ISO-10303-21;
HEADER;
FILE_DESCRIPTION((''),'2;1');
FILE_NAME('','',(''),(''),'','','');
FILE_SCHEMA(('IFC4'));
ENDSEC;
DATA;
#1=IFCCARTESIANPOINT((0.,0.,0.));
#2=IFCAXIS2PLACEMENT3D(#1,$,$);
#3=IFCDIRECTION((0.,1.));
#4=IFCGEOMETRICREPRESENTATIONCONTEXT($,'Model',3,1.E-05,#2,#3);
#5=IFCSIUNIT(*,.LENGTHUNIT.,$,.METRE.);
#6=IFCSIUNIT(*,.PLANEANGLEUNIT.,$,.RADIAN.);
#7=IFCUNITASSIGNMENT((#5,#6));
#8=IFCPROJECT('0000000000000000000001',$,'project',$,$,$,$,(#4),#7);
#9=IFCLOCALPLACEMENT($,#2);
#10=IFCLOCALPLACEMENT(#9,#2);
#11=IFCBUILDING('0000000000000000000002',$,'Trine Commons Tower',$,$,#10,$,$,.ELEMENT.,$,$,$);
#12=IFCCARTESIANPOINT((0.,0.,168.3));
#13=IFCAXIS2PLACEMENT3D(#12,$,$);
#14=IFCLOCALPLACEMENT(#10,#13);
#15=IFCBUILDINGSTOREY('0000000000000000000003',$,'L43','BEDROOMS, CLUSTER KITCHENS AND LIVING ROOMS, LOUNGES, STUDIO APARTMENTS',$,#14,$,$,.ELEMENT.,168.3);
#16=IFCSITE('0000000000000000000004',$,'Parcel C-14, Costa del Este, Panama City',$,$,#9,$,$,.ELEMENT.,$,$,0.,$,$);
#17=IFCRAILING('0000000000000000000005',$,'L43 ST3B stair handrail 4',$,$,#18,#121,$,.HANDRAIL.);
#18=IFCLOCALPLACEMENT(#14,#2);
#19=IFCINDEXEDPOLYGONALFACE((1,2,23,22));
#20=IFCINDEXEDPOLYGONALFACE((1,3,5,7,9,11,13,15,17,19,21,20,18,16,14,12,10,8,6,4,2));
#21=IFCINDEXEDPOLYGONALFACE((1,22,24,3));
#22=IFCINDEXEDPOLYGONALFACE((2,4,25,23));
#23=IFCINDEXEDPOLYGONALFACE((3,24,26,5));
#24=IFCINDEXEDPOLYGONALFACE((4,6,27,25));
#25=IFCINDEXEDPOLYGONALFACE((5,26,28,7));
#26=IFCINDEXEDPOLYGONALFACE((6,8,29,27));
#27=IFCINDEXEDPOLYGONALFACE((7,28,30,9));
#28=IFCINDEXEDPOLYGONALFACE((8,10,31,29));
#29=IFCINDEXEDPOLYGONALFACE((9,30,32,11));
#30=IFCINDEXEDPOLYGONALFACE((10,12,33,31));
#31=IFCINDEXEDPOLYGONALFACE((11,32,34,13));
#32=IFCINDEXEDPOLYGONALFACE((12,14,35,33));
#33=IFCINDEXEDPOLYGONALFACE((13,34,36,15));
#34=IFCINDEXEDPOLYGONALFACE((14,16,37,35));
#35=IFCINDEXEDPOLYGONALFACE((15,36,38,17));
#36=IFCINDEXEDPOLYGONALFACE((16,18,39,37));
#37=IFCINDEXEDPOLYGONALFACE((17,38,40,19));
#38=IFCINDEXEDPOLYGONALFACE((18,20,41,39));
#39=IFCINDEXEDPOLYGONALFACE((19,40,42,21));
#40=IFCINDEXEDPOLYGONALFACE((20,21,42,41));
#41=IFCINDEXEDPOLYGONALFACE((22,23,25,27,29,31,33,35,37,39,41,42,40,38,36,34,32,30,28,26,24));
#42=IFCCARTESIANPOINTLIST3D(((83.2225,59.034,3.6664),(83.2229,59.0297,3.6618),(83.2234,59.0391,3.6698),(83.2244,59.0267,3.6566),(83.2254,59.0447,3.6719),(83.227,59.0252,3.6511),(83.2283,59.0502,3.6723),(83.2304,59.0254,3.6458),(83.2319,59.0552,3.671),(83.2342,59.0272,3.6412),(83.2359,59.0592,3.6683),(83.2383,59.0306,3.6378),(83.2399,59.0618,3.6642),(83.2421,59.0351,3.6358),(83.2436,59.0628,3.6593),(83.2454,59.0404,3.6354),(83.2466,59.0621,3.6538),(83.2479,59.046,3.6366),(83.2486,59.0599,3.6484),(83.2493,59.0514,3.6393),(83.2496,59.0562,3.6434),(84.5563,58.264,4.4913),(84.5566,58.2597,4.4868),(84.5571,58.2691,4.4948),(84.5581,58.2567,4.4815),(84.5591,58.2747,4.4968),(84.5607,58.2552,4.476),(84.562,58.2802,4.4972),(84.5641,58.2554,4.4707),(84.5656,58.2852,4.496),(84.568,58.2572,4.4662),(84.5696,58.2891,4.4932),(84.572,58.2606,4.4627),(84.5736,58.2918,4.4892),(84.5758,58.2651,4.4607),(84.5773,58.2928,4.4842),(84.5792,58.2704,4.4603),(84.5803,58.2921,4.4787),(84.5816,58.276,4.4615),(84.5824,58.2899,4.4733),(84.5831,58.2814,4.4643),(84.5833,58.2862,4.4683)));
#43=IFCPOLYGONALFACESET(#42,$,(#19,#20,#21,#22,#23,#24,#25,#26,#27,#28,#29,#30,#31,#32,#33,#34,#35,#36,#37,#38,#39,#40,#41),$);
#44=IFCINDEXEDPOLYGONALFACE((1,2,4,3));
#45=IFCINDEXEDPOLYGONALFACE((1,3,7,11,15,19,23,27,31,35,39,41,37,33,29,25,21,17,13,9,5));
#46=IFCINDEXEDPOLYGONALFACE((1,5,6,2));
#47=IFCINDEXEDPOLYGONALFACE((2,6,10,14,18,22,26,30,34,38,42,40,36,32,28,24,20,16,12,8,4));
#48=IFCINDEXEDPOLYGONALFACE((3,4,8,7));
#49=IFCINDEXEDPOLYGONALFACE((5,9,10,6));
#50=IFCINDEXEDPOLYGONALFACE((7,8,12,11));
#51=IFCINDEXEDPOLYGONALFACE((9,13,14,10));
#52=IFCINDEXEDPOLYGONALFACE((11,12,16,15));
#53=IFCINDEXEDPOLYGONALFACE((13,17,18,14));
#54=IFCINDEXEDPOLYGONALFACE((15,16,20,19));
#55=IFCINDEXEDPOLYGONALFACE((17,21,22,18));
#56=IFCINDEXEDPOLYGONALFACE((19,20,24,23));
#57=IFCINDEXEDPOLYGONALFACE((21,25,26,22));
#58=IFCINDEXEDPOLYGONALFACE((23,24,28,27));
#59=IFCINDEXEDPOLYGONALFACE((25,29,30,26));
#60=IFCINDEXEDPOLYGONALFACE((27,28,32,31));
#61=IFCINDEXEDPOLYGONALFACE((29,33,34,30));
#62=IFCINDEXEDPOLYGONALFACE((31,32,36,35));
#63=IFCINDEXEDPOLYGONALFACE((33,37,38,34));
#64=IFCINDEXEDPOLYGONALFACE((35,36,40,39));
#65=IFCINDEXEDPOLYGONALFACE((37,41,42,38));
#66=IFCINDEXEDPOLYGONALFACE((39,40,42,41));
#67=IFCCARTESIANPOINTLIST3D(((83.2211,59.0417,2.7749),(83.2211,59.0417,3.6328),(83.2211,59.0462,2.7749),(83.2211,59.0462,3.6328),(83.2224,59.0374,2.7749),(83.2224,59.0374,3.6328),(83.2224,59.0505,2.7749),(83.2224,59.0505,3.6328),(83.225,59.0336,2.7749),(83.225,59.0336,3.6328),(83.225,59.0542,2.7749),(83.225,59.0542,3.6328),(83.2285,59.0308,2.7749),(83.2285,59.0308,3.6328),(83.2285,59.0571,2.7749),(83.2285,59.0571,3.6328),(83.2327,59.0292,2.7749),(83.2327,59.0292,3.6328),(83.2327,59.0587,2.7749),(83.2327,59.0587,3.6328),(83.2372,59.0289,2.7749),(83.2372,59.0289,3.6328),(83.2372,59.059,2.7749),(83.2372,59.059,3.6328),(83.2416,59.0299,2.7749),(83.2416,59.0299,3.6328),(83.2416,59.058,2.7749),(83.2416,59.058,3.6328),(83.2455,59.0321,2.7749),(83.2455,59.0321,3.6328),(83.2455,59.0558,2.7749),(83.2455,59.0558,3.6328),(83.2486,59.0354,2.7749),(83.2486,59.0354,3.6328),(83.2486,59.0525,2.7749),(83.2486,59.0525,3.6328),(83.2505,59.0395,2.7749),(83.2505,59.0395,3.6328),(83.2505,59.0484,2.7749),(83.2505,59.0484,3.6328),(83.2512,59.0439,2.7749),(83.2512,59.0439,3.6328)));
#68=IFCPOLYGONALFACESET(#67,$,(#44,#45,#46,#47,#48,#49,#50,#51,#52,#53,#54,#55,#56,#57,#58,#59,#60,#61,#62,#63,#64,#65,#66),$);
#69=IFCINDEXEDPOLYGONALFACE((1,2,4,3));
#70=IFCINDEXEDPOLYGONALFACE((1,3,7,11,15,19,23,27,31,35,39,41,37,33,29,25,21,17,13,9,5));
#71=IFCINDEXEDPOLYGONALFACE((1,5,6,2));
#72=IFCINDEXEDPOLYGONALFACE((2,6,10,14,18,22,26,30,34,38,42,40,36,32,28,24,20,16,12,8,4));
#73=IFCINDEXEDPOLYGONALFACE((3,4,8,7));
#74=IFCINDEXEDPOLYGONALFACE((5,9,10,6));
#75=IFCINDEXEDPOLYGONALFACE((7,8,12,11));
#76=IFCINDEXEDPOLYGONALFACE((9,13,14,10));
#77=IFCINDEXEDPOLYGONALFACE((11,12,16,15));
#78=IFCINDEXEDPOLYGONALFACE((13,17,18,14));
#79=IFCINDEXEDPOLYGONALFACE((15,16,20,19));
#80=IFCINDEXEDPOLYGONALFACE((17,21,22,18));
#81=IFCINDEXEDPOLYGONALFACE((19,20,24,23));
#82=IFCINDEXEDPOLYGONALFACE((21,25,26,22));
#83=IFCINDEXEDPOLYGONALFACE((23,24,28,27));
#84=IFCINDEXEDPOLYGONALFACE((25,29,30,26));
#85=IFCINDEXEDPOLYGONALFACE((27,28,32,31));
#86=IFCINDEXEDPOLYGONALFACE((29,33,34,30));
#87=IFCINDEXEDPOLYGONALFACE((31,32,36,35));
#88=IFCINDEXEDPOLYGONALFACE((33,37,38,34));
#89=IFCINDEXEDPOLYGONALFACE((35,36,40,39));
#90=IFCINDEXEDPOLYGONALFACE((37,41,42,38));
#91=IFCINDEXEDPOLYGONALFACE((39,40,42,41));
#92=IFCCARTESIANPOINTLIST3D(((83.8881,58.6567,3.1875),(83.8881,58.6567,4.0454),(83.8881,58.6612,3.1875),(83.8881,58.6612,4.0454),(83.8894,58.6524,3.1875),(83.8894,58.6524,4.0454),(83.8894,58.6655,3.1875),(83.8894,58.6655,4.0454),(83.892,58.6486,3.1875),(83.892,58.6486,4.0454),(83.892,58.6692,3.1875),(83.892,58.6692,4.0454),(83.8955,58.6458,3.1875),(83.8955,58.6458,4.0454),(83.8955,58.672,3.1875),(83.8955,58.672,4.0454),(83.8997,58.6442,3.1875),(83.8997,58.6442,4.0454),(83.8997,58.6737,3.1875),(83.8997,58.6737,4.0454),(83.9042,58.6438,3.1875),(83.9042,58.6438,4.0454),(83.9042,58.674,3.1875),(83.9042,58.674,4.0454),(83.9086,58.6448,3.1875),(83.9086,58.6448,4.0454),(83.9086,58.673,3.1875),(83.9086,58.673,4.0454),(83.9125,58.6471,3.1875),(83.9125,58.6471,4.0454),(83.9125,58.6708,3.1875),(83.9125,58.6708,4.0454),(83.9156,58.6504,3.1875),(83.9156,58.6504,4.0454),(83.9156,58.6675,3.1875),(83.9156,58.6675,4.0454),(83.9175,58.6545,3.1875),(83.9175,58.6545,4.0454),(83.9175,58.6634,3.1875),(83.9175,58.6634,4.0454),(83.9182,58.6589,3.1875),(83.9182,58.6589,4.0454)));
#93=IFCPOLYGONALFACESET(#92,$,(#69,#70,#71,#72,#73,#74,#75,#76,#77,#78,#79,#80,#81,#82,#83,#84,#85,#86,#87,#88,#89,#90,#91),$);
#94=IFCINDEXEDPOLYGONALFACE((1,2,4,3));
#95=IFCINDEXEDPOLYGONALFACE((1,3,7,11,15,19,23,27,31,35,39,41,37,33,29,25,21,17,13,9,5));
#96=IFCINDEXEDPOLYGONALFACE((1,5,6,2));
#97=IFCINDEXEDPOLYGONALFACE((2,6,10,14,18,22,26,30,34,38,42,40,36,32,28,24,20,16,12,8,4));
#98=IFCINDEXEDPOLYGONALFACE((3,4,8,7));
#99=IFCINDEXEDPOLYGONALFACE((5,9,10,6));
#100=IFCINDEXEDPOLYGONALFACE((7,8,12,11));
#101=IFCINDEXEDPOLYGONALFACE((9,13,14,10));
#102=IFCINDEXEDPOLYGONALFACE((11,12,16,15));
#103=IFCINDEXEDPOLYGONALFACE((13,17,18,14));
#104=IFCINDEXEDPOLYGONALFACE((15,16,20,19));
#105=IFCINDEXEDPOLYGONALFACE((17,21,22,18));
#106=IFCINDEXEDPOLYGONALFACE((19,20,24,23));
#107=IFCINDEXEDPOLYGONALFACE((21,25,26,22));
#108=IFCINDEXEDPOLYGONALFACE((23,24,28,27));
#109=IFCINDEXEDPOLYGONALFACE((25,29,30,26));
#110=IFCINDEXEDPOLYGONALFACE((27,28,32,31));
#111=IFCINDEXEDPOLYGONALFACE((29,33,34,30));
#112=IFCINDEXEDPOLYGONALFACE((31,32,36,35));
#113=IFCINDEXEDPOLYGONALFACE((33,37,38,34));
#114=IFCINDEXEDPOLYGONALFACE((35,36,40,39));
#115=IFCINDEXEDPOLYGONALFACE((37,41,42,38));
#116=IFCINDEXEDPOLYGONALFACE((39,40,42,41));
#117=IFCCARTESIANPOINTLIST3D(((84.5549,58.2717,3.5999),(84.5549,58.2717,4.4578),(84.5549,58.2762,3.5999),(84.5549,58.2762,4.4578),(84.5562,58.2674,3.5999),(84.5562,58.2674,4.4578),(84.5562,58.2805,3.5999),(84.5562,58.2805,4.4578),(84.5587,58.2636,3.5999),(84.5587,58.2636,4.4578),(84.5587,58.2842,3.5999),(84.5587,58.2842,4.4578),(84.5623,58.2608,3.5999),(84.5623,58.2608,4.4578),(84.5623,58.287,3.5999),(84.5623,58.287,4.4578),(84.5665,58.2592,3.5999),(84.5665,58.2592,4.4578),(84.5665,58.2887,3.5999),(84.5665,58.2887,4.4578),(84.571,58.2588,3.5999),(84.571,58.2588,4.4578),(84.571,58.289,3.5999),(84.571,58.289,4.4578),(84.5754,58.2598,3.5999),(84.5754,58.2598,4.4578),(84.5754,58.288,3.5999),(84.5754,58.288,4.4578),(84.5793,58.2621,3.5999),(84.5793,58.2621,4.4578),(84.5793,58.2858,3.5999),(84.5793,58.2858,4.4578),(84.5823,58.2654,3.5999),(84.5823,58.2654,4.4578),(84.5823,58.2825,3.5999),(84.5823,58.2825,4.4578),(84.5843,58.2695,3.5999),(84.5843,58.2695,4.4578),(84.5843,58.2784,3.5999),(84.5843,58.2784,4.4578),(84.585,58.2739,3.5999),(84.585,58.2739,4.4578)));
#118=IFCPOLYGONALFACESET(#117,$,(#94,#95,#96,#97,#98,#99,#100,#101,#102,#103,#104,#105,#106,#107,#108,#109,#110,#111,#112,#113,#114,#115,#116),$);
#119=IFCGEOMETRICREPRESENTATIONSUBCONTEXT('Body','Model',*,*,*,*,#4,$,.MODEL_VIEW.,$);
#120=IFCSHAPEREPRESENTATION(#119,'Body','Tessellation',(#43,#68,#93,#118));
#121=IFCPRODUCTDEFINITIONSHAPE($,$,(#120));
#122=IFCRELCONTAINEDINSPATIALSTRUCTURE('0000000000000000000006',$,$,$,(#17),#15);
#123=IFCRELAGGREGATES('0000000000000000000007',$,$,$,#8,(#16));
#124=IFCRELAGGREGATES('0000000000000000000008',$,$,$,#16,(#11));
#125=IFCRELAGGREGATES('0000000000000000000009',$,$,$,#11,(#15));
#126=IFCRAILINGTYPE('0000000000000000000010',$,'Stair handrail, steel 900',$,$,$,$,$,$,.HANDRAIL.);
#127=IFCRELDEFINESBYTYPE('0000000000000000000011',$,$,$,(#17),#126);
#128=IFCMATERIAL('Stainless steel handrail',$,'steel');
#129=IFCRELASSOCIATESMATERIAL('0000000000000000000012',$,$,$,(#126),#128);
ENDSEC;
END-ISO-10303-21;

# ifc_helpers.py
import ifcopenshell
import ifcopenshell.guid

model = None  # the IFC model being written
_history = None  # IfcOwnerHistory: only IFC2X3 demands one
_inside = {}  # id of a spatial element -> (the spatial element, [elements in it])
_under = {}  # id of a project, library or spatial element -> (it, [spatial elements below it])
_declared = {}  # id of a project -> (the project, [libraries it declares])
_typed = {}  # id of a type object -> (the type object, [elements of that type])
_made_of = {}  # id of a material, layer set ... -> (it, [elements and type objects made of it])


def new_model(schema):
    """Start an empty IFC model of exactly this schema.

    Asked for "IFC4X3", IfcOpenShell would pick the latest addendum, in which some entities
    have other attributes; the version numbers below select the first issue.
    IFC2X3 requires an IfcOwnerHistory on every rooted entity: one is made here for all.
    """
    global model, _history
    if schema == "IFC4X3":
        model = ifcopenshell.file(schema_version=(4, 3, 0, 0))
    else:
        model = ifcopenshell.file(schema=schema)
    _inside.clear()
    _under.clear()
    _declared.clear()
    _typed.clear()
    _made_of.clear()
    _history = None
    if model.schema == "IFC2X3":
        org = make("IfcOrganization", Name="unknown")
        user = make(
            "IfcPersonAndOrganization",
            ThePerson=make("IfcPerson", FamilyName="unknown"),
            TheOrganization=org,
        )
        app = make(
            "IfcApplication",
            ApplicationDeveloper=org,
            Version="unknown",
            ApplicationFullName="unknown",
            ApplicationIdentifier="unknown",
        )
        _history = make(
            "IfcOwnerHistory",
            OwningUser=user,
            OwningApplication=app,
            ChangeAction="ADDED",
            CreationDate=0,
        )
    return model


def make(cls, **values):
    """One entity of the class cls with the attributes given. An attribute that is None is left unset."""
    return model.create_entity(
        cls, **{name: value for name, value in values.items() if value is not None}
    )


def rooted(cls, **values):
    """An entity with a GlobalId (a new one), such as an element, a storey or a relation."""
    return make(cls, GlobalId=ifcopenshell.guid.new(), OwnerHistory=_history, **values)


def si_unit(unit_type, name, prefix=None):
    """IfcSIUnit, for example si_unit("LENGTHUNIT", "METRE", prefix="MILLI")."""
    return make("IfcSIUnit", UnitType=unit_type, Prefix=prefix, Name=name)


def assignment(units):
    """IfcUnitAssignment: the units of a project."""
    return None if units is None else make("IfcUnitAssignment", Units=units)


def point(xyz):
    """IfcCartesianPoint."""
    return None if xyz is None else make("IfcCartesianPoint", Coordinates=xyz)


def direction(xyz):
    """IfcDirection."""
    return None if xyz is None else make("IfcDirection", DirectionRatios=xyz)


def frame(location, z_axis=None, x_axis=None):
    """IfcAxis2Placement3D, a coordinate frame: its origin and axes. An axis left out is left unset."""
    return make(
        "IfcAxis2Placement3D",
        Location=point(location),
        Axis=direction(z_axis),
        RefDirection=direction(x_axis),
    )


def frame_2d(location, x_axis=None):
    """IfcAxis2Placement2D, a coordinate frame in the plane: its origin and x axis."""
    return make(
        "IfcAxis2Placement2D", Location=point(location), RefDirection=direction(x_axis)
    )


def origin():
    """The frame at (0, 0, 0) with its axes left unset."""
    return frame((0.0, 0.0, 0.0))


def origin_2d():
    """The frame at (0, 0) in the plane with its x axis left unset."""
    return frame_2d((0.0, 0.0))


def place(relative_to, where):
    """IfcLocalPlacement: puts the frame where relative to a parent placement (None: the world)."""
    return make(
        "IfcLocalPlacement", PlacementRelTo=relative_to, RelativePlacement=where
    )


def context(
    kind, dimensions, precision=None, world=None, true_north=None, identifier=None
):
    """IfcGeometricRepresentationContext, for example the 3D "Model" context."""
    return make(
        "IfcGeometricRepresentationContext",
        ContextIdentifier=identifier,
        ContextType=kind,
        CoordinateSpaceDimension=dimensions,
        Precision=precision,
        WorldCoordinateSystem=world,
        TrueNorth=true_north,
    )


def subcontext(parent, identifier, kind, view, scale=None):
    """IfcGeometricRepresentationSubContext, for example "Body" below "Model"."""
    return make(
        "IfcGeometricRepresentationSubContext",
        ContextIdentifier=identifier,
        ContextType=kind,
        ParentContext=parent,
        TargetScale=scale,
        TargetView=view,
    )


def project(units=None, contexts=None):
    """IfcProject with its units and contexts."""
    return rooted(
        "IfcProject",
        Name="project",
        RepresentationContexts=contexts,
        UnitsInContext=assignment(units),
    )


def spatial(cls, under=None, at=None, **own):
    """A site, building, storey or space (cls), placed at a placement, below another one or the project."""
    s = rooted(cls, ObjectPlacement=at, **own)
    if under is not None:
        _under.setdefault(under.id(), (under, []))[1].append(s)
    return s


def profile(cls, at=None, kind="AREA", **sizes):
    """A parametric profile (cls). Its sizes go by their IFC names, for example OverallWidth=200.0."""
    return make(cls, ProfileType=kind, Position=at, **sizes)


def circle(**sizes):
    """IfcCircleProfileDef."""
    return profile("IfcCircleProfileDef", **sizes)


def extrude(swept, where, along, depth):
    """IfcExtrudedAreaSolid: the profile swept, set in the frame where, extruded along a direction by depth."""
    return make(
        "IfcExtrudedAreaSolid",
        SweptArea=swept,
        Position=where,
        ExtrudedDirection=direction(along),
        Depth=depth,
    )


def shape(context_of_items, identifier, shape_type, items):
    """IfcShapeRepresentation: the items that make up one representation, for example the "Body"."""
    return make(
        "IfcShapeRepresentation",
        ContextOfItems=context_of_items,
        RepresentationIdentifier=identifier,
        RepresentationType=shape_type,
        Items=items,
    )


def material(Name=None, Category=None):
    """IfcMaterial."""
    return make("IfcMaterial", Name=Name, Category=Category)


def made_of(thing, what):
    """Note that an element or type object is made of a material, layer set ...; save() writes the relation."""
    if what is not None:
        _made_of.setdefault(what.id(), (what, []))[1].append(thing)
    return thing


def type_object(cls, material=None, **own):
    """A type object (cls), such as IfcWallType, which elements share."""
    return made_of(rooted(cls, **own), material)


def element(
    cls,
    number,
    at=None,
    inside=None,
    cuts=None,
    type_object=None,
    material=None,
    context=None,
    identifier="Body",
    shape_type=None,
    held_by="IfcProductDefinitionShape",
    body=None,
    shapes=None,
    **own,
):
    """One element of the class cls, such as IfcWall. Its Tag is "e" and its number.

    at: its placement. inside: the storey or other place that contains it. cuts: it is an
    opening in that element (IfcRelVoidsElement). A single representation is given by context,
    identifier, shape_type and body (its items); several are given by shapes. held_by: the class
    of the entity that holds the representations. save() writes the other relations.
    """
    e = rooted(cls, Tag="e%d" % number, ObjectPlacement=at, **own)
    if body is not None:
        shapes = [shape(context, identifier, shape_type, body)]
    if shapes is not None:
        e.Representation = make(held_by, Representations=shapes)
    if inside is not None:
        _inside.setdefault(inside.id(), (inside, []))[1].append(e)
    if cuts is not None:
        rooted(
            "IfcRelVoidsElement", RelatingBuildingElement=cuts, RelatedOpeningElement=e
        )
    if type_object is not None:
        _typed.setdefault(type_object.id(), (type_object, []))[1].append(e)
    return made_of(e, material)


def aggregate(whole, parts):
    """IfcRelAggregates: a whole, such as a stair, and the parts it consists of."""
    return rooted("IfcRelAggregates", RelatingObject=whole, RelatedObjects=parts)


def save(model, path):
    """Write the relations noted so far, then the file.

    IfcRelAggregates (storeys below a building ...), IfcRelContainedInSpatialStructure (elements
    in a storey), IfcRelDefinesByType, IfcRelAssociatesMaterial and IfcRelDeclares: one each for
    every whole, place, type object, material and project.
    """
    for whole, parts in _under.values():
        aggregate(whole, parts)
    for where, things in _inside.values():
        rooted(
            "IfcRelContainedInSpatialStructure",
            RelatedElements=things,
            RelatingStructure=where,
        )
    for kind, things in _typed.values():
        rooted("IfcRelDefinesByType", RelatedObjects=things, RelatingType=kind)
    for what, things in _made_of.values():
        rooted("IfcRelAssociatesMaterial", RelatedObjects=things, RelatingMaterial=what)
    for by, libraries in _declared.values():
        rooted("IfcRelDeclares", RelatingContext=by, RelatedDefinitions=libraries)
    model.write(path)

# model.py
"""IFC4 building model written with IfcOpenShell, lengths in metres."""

from ifc_helpers import new_model, si_unit, direction, frame, origin, origin_2d, place, context, subcontext, project, spatial, circle, extrude, material, type_object, element, save


model = new_model("IFC4")

# Units and contexts
model_context = context("Model", 3, precision=1e-05, world=origin(), true_north=direction((0.0, 1.0)))
body_context = subcontext(model_context, "Body", "Model", "MODEL_VIEW")
ifc_project = project(units=[si_unit("LENGTHUNIT", "METRE"), si_unit("PLANEANGLEUNIT", "RADIAN")], contexts=[model_context])

# Site, building, storey
site_placement = place(None, origin())
site = spatial("IfcSite", under=ifc_project, at=site_placement, Name="Parcel C-14, Costa del Este, Panama City", CompositionType="ELEMENT", RefElevation=0.0)
building_placement = place(site_placement, origin())
building = spatial("IfcBuilding", under=site, at=building_placement, Name="Trine Commons Tower", CompositionType="ELEMENT")
storey_placement = place(building_placement, frame((0.0, 0.0, 168.3)))
storey = spatial("IfcBuildingStorey", under=building, at=storey_placement, Name="L43", Description="BEDROOMS, CLUSTER KITCHENS AND LIVING ROOMS, LOUNGES, STUDIO APARTMENTS", CompositionType="ELEMENT", Elevation=168.3)

# Railing
ifc_material_1 = material(Name="Stainless steel handrail", Category="steel")
railing_type_1 = type_object("IfcRailingType", Name="Stair handrail, steel 900", PredefinedType="HANDRAIL", material=ifc_material_1)
for number, where, name in (
    (1, (83.2361, 59.0439, 2.7749), "L43 ST3B stair handrail 4"),
):
    element("IfcRailing", number, at=place(storey_placement, frame(where)), inside=storey, type_object=railing_type_1, Name=name, PredefinedType="HANDRAIL", context=body_context, shape_type="SweptSolid", body=[
        extrude(circle(Radius=0.021, at=origin_2d()), frame((0.0, 0.0, 0.8789), z_axis=(0.763405, -0.440743, 0.472185), x_axis=(0.499992, 0.86603, 0.0)), (0.0, 0.0, 1.0), 1.7471),
        extrude(circle(Radius=0.0151, at=origin_2d()), origin(), (0.0, 0.0, 1.0), 0.8579),
        extrude(circle(Radius=0.0151, at=origin_2d()), frame((0.667, -0.385, 0.4126)), (0.0, 0.0, 1.0), 0.8579),
        extrude(circle(Radius=0.0151, at=origin_2d()), frame((1.3337, -0.77, 0.825)), (0.0, 0.0, 1.0), 0.8579),
    ])

save(model, "model.ifc")
